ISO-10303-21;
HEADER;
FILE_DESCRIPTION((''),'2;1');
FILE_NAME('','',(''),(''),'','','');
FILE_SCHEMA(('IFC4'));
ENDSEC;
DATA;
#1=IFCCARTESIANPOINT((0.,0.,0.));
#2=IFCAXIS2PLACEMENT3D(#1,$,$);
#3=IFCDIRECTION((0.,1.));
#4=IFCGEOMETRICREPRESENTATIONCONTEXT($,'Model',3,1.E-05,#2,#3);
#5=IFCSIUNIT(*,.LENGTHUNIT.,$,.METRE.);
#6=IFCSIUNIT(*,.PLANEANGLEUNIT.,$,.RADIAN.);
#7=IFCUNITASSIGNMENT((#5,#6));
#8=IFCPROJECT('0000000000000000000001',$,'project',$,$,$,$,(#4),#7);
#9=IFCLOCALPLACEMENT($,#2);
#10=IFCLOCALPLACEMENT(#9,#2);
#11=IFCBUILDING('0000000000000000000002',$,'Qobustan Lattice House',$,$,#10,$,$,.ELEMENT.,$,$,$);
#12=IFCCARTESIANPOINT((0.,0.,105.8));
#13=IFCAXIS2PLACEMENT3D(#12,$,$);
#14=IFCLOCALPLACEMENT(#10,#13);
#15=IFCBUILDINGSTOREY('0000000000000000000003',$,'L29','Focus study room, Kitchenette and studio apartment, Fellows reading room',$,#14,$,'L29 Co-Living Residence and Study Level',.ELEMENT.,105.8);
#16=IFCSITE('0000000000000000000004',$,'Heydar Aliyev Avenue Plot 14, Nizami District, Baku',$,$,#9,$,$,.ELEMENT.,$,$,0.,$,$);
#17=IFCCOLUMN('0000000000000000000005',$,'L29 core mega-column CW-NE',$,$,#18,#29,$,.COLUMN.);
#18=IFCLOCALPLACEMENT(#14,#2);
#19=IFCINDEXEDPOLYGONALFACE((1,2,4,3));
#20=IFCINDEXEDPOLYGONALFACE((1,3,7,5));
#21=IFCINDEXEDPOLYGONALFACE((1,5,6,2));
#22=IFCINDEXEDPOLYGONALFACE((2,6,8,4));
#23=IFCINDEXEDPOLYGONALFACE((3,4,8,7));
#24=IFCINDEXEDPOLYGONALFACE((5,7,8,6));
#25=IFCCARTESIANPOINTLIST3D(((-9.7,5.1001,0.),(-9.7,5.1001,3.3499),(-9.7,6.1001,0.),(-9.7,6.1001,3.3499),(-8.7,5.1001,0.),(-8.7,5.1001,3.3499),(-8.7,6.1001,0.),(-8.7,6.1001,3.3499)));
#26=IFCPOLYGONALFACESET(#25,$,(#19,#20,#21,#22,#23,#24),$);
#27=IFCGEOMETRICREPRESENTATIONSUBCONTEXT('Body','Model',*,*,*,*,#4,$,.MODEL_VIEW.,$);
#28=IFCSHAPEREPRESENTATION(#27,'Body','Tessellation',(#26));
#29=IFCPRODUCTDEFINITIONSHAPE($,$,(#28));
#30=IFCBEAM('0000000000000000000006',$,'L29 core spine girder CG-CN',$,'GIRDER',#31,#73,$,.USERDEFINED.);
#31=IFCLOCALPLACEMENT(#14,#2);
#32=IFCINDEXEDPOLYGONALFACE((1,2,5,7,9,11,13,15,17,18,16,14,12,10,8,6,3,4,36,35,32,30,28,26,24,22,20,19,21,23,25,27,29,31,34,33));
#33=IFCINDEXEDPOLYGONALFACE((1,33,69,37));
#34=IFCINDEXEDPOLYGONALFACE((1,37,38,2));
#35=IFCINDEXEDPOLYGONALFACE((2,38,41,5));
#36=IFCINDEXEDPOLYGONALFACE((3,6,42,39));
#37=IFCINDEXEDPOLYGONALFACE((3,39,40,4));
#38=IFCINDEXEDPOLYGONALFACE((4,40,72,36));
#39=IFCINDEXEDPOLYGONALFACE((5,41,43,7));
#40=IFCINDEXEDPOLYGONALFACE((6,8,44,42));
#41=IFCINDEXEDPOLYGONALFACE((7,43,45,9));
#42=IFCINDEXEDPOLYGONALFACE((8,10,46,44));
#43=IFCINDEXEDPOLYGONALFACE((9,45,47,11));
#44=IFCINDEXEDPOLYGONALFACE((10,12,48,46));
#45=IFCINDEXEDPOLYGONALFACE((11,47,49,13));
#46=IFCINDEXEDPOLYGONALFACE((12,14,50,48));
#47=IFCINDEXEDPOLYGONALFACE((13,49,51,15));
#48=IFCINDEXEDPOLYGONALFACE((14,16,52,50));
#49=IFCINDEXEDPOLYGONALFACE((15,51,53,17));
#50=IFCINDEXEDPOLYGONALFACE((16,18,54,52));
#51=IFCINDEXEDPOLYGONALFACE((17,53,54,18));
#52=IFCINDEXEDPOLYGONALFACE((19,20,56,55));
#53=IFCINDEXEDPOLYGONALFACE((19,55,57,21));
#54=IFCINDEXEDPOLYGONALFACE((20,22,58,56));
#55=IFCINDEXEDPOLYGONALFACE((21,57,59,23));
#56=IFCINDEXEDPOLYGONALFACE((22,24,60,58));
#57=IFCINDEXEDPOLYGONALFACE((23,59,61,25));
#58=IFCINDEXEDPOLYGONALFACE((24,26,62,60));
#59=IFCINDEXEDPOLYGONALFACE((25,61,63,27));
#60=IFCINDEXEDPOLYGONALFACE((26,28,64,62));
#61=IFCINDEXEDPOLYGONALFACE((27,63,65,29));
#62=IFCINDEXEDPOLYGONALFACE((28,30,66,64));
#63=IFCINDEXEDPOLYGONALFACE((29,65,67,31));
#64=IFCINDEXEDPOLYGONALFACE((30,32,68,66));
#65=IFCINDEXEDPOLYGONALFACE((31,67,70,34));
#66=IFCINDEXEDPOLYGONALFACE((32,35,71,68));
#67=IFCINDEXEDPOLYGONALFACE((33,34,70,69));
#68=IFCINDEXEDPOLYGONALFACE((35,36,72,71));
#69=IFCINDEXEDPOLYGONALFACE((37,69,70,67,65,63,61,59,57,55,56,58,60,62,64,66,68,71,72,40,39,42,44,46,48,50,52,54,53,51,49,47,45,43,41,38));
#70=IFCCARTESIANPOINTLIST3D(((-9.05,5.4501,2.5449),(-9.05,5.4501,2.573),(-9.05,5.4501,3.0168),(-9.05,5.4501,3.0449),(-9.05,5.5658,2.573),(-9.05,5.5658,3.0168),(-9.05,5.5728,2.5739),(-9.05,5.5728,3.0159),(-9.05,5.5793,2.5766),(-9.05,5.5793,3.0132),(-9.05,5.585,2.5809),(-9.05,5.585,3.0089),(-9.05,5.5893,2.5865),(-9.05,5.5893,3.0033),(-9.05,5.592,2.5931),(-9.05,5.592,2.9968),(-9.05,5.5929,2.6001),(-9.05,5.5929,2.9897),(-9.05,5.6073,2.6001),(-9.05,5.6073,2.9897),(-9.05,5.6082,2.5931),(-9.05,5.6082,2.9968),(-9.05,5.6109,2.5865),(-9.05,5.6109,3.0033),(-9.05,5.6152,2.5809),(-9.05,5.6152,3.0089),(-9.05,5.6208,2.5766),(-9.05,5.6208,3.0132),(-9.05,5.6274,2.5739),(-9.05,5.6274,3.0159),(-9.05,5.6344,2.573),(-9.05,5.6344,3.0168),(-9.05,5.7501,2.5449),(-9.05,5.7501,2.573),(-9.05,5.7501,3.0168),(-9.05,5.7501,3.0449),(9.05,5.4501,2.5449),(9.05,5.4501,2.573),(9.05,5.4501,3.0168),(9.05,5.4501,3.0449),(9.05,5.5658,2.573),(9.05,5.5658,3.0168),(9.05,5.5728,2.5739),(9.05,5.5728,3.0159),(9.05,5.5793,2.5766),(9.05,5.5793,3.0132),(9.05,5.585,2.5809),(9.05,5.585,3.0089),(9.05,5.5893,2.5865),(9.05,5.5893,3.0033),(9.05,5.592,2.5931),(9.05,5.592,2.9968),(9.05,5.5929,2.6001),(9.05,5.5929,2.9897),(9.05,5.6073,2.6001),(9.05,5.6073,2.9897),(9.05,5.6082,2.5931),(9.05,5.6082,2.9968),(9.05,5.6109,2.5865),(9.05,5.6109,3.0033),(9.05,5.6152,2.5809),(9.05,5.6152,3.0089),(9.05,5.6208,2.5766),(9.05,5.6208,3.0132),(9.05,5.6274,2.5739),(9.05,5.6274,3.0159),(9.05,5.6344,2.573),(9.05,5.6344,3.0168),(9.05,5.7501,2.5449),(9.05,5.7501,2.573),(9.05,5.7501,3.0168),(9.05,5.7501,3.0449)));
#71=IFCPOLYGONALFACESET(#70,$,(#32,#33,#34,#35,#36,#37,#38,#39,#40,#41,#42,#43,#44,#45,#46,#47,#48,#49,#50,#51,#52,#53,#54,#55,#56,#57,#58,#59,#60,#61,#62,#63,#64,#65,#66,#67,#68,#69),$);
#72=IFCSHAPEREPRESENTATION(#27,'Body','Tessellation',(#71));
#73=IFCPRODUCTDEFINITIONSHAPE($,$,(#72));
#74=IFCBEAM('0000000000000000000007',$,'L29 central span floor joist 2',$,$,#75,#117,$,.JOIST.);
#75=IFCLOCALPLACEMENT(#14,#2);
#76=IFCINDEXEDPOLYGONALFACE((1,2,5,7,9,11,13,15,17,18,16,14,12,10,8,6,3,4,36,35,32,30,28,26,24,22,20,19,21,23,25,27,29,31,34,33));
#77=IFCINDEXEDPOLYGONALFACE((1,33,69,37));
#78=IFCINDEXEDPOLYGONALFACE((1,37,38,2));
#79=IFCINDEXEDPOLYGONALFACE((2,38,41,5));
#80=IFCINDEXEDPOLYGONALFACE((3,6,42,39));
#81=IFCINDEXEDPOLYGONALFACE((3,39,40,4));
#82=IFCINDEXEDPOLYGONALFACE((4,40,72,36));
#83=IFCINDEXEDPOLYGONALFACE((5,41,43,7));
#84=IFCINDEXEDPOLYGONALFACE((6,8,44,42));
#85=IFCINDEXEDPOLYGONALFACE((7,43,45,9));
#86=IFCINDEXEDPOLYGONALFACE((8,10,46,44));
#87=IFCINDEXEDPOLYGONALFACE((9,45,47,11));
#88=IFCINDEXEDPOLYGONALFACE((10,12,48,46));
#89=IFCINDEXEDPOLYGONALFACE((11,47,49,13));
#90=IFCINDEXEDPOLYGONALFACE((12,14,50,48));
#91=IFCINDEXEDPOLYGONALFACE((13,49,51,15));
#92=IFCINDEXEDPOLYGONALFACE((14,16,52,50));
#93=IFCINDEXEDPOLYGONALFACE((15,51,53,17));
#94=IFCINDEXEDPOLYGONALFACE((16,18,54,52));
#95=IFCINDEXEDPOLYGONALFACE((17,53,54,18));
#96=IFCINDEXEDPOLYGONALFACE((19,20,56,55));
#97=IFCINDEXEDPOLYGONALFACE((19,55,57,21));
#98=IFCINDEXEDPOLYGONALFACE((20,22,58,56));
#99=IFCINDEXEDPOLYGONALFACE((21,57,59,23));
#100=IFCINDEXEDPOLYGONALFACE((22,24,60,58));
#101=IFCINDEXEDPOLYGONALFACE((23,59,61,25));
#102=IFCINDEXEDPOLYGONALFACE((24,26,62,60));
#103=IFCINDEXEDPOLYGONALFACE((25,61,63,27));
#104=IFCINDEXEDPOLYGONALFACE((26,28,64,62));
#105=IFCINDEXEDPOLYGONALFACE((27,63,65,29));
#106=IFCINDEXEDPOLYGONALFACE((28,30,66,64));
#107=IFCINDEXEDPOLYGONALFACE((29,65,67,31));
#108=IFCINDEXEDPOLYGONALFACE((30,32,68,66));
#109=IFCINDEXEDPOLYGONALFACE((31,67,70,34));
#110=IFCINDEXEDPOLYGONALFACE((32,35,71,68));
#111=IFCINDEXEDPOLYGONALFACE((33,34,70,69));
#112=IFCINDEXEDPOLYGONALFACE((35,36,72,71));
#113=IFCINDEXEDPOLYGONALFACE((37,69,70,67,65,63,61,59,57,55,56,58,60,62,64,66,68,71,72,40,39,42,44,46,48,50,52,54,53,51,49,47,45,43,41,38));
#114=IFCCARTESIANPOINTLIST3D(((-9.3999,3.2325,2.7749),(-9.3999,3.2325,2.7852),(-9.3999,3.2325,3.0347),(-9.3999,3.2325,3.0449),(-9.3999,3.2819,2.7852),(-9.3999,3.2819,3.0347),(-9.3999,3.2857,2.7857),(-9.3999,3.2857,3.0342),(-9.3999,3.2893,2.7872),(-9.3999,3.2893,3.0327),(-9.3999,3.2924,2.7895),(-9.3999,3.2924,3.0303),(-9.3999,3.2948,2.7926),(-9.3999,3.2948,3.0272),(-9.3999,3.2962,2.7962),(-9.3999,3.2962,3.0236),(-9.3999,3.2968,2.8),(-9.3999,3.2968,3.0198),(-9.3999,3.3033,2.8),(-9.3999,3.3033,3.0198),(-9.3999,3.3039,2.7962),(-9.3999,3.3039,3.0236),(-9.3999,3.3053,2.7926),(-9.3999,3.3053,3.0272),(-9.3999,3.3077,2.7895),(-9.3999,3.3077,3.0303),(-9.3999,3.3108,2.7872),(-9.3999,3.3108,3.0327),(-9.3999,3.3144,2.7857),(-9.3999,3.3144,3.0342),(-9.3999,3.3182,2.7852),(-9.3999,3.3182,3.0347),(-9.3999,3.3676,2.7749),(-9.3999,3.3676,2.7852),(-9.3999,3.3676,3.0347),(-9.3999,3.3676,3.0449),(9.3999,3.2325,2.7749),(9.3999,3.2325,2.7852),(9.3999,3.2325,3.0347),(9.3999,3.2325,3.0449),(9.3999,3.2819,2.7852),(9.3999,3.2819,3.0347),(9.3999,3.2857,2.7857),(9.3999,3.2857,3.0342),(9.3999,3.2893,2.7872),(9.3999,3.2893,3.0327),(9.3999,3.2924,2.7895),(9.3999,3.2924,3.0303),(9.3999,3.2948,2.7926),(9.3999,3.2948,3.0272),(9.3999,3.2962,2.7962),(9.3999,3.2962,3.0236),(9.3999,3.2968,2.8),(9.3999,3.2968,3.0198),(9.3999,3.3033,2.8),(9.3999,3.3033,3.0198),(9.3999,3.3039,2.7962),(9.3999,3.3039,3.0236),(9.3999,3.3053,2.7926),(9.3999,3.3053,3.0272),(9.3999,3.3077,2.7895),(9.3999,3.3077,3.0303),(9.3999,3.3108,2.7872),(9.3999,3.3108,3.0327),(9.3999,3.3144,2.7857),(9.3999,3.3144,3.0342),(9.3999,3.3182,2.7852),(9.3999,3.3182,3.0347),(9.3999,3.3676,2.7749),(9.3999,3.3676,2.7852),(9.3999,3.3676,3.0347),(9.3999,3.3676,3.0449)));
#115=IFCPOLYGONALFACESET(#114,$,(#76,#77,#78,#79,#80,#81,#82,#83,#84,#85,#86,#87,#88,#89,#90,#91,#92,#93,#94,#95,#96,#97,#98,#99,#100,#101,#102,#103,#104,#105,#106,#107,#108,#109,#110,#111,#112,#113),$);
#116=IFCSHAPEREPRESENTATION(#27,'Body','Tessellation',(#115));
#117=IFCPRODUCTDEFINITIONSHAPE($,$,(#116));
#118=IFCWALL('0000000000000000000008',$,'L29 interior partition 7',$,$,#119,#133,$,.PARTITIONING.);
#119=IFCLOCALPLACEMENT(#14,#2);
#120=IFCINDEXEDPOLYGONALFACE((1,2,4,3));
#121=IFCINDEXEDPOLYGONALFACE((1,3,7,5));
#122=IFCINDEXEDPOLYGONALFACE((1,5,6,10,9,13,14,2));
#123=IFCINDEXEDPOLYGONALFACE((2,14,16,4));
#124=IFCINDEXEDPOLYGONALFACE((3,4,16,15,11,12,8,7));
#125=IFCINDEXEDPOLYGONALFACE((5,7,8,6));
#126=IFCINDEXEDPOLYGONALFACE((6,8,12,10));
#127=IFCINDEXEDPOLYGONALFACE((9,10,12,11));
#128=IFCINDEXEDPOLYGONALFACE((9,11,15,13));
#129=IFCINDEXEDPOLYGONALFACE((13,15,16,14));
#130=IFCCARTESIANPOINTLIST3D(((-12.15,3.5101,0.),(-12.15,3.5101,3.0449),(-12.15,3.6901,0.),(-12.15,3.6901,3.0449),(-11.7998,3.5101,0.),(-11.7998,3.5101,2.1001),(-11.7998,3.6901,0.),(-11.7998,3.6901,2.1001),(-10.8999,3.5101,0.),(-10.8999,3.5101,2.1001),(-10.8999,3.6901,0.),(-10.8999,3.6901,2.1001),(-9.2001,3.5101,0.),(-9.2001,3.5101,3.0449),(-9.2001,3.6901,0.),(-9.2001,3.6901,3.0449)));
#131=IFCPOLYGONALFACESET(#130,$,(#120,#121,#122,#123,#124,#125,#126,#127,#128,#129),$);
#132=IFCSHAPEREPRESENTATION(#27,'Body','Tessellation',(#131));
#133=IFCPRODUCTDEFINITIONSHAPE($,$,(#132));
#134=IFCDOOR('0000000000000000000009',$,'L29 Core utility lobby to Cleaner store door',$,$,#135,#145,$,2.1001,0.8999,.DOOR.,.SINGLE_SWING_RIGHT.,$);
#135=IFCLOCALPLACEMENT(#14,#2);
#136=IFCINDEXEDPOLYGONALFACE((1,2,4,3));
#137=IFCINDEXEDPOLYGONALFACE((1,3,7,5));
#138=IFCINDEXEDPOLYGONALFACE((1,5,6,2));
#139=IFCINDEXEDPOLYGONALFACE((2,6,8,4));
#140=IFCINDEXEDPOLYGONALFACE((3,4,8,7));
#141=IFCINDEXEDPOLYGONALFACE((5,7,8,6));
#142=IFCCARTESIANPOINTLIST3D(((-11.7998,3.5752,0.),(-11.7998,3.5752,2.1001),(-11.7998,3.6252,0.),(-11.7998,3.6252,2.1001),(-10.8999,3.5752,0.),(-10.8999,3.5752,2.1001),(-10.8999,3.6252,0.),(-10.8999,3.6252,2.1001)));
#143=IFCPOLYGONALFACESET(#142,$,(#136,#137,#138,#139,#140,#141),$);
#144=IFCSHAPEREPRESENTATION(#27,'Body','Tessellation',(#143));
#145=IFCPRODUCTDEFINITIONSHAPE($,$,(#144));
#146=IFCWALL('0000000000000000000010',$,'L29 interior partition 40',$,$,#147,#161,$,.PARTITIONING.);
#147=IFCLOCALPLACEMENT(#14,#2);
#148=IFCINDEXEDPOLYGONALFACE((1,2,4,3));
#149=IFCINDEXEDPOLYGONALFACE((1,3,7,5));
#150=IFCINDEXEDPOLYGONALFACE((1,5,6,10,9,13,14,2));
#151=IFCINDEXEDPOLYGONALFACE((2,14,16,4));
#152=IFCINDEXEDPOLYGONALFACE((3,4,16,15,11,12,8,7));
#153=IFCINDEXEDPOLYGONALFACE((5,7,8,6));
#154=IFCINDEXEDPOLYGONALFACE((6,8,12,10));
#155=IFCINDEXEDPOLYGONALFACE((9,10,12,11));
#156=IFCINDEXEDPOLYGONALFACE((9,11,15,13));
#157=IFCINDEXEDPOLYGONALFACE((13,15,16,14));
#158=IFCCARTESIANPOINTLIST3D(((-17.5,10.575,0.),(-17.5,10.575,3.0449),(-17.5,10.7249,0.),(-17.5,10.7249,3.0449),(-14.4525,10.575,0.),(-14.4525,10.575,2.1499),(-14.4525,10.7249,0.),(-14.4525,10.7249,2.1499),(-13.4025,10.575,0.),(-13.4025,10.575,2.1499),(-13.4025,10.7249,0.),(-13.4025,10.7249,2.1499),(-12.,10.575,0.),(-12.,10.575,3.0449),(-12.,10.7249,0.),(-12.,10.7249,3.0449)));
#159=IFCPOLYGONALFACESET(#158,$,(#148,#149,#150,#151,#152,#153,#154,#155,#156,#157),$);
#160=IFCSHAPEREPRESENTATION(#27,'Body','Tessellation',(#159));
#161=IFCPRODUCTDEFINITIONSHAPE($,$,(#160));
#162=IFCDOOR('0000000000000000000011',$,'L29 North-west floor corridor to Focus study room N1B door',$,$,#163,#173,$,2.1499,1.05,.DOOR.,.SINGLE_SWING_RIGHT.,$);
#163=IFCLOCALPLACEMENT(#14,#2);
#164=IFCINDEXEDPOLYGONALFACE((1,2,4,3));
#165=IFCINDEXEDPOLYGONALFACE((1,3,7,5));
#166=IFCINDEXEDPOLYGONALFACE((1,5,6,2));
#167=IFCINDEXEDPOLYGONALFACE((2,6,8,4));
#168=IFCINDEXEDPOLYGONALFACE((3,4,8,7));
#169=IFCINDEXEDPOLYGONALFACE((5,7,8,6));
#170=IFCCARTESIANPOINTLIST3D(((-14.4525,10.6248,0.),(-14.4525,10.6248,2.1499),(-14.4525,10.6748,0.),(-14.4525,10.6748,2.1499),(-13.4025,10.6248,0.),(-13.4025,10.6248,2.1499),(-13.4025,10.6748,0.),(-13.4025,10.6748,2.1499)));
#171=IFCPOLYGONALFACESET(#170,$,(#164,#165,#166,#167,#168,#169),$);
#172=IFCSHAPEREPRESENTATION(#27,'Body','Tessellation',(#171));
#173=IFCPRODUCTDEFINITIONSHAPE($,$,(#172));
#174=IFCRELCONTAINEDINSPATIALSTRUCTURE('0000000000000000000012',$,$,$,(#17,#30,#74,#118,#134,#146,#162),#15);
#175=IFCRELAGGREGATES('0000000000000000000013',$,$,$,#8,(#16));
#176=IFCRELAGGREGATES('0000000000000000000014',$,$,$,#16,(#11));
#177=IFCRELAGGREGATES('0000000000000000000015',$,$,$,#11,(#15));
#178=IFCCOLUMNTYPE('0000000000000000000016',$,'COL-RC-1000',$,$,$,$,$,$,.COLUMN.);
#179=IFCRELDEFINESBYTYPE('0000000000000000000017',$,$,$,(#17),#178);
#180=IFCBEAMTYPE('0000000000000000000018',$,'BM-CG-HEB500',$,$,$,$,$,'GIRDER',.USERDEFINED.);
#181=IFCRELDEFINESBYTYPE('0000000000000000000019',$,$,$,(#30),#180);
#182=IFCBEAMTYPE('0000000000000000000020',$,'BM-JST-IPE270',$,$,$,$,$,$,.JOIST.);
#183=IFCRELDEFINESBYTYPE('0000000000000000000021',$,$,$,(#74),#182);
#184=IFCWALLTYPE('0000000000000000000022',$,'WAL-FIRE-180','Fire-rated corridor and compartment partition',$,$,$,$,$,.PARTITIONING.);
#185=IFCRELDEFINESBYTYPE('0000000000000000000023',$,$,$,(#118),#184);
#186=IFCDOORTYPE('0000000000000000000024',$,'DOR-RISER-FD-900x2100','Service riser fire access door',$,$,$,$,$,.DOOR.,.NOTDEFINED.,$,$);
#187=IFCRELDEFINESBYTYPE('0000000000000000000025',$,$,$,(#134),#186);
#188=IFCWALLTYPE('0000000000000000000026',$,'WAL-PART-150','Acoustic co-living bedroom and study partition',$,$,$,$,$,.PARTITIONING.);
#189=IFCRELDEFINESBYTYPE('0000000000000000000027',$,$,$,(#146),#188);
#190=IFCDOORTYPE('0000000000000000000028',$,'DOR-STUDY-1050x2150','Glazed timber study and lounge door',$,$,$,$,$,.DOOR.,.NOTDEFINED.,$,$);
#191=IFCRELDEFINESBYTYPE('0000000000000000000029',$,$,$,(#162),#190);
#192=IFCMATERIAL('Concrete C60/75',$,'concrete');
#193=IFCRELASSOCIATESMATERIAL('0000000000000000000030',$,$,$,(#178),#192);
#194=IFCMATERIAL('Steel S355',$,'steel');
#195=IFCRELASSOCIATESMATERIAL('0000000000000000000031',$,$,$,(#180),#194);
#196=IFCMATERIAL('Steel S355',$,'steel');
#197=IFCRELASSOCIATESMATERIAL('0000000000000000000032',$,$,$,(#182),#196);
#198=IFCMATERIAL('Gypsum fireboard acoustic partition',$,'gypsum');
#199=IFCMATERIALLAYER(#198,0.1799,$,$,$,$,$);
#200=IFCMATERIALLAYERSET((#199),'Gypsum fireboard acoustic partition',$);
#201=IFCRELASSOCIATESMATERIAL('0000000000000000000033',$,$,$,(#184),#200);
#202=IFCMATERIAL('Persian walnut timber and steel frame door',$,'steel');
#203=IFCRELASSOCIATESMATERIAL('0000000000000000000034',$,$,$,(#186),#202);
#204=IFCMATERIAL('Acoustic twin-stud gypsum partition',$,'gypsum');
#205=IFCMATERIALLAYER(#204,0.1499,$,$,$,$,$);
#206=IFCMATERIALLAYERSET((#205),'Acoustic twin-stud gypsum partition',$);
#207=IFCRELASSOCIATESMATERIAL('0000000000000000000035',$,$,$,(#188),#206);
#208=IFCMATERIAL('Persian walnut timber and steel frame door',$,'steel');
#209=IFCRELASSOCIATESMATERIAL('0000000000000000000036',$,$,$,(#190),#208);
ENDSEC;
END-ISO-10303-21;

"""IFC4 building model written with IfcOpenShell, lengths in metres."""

from ifc_helpers import new_model, si_unit, direction, frame, frame_2d, origin, origin_2d, place, context, subcontext, project, spatial, rectangle, i_section, extrude, material, layer, layer_set, material_profile, profile_set, type_object, element, fill, save


model = new_model("IFC4")

# Units and contexts
model_context = context("Model", 3, precision=1e-05, world=origin(), true_north=direction((0.0, 1.0)))
body_context = subcontext(model_context, "Body", "Model", "MODEL_VIEW")
ifc_project = project(units=[si_unit("LENGTHUNIT", "METRE"), si_unit("PLANEANGLEUNIT", "RADIAN")], contexts=[model_context])

# Site, building, storey
site_placement = place(None, origin())
site = spatial("IfcSite", under=ifc_project, at=site_placement, Name="Heydar Aliyev Avenue Plot 14, Nizami District, Baku", CompositionType="ELEMENT", RefElevation=0.0)
building_placement = place(site_placement, origin())
building = spatial("IfcBuilding", under=site, at=building_placement, Name="Qobustan Lattice House", CompositionType="ELEMENT")
storey_placement = place(building_placement, frame((0.0, 0.0, 105.8)))
storey = spatial("IfcBuildingStorey", under=building, at=storey_placement, Name="L29", Description="Focus study room, Kitchenette and studio apartment, Fellows reading room", LongName="L29 Co-Living Residence and Study Level", CompositionType="ELEMENT", Elevation=105.8)

# Column
ifc_material_1 = material(Name="Concrete C60/75", Category="concrete")
ifc_material_profile_1 = material_profile(ifc_material_1, rectangle(XDim=1.0, YDim=1.0, at=origin_2d()), Name="RC1000x1000")
ifc_profile_set_1 = profile_set([ifc_material_profile_1], Name="Concrete C60/75")
column_type = type_object("IfcColumnType", Name="COL-RC-1000", PredefinedType="COLUMN", material=ifc_profile_set_1)
column_placement = place(storey_placement, frame((-9.2, 5.6001, 0.0), z_axis=(0.0, 0.0, 1.0), x_axis=(1.0, 0.0, 0.0)))
element("IfcColumn", 1, at=column_placement, inside=storey, type_object=column_type, Name="L29 core mega-column CW-NE", PredefinedType="COLUMN", context=body_context, shape_type="SweptSolid", body=[
    extrude(rectangle(XDim=1.0, YDim=1.0, at=origin_2d()), origin(), (0.0, 0.0, 1.0), 3.3499),
])

# Beams
ifc_material_2 = material(Name="Steel S355", Category="steel")
ifc_material_profile_2 = material_profile(ifc_material_2, i_section(OverallWidth=0.3, OverallDepth=0.5, WebThickness=0.0144, FlangeThickness=0.0281, FilletRadius=0.0271, at=origin_2d()), Name="HEB500")
ifc_profile_set_2 = profile_set([ifc_material_profile_2], Name="Steel S355")
beam_type_1 = type_object("IfcBeamType", Name="BM-CG-HEB500", ElementType="GIRDER", PredefinedType="USERDEFINED", material=ifc_profile_set_2)
beam_1_placement = place(storey_placement, frame((-9.05, 5.6001, 2.7949), z_axis=(1.0, 0.0, 0.0), x_axis=(0.0, 1.0, 0.0)))
element("IfcBeam", 2, at=beam_1_placement, inside=storey, type_object=beam_type_1, Name="L29 core spine girder CG-CN", ObjectType="GIRDER", PredefinedType="USERDEFINED", context=body_context, shape_type="SweptSolid", body=[
    extrude(i_section(OverallWidth=0.3, OverallDepth=0.5, WebThickness=0.0144, FlangeThickness=0.0281, FilletRadius=0.0271, at=origin_2d()), origin(), (0.0, 0.0, 1.0), 18.1001),
])
ifc_material_3 = material(Name="Steel S355", Category="steel")
ifc_material_profile_3 = material_profile(ifc_material_3, i_section(OverallWidth=0.135, OverallDepth=0.27, WebThickness=0.0066, FlangeThickness=0.0103, FilletRadius=0.0149, at=origin_2d()), Name="IPE270")
ifc_profile_set_3 = profile_set([ifc_material_profile_3], Name="Steel S355")
beam_type_2 = type_object("IfcBeamType", Name="BM-JST-IPE270", PredefinedType="JOIST", material=ifc_profile_set_3)
beam_2_placement = place(storey_placement, frame((-9.3999, 3.3, 2.9099), z_axis=(1.0, 0.0, 0.0), x_axis=(0.0, 1.0, 0.0)))
element("IfcBeam", 3, at=beam_2_placement, inside=storey, type_object=beam_type_2, Name="L29 central span floor joist 2", PredefinedType="JOIST", context=body_context, shape_type="SweptSolid", body=[
    extrude(i_section(OverallWidth=0.135, OverallDepth=0.27, WebThickness=0.0066, FlangeThickness=0.0103, FilletRadius=0.0149, at=origin_2d()), origin(), (0.0, 0.0, 1.0), 18.7998),
])

# Walls, openings, doors
ifc_material_4 = material(Name="Gypsum fireboard acoustic partition", Category="gypsum")
ifc_layer_1 = layer(ifc_material_4, 0.1799)
ifc_layer_set_1 = layer_set([ifc_layer_1], Name="Gypsum fireboard acoustic partition")
wall_type_1 = type_object("IfcWallType", Name="WAL-FIRE-180", Description="Fire-rated corridor and compartment partition", PredefinedType="PARTITIONING", material=ifc_layer_set_1)
wall_1_placement = place(storey_placement, frame((-9.2, 3.6001, 0.0), z_axis=(0.0, 0.0, 1.0), x_axis=(-1.0, 0.0, 0.0)))
wall_1 = element("IfcWall", 4, at=wall_1_placement, inside=storey, type_object=wall_type_1, Name="L29 interior partition 7", PredefinedType="PARTITIONING", context=body_context, shape_type="SweptSolid", body=[
    extrude(rectangle(XDim=2.95, YDim=0.1799, at=frame_2d((1.4751, 0.0))), origin(), (0.0, 0.0, 1.0), 3.0449),
])
opening_1_placement = place(wall_1_placement, frame((1.7, 0.0, 0.0)))
opening_1 = element("IfcOpeningElement", 5, at=opening_1_placement, cuts=wall_1, PredefinedType="OPENING", context=body_context, shape_type="SweptSolid", body=[
    extrude(rectangle(XDim=0.8999, YDim=2.1001, at=frame_2d((0.45, 1.05))), frame((0.0, 0.0999, 0.0), z_axis=(0.0, -1.0, 0.0), x_axis=(1.0, 0.0, 0.0)), (0.0, 0.0, 1.0), 0.2),
])
ifc_material_5 = material(Name="Persian walnut timber and steel frame door", Category="steel")
door_type_1 = type_object("IfcDoorType", Name="DOR-RISER-FD-900x2100", Description="Service riser fire access door", OperationType="NOTDEFINED", PredefinedType="DOOR", material=ifc_material_5)
door_1_placement = place(opening_1_placement, origin())
door_1 = element("IfcDoor", 6, at=door_1_placement, inside=storey, type_object=door_type_1, Name="L29 Core utility lobby to Cleaner store door", OperationType="SINGLE_SWING_RIGHT", OverallHeight=2.1001, OverallWidth=0.8999, PredefinedType="DOOR", context=body_context, shape_type="SweptSolid", body=[
    extrude(rectangle(XDim=0.8999, YDim=2.1001, at=frame_2d((0.45, 1.05))), frame((0.0, 0.0249, 0.0), z_axis=(0.0, -1.0, 0.0), x_axis=(1.0, 0.0, 0.0)), (0.0, 0.0, 1.0), 0.05),
])
fill(opening_1, door_1)
ifc_material_6 = material(Name="Acoustic twin-stud gypsum partition", Category="gypsum")
ifc_layer_2 = layer(ifc_material_6, 0.1499)
ifc_layer_set_2 = layer_set([ifc_layer_2], Name="Acoustic twin-stud gypsum partition")
wall_type_2 = type_object("IfcWallType", Name="WAL-PART-150", Description="Acoustic co-living bedroom and study partition", PredefinedType="PARTITIONING", material=ifc_layer_set_2)
wall_2_placement = place(storey_placement, frame((-17.5, 10.6499, 0.0), z_axis=(0.0, 0.0, 1.0), x_axis=(1.0, 0.0, 0.0)))
wall_2 = element("IfcWall", 7, at=wall_2_placement, inside=storey, type_object=wall_type_2, Name="L29 interior partition 40", PredefinedType="PARTITIONING", context=body_context, shape_type="SweptSolid", body=[
    extrude(rectangle(XDim=5.5, YDim=0.1499, at=frame_2d((2.75, 0.0))), origin(), (0.0, 0.0, 1.0), 3.0449),
])
opening_2_placement = place(wall_2_placement, frame((3.0476, 0.0, 0.0)))
opening_2 = element("IfcOpeningElement", 8, at=opening_2_placement, cuts=wall_2, PredefinedType="OPENING", context=body_context, shape_type="SweptSolid", body=[
    extrude(rectangle(XDim=1.05, YDim=2.1499, at=frame_2d((0.5249, 1.075))), frame((0.0, 0.085, 0.0), z_axis=(0.0, -1.0, 0.0), x_axis=(1.0, 0.0, 0.0)), (0.0, 0.0, 1.0), 0.1699),
])
ifc_material_7 = material(Name="Persian walnut timber and steel frame door", Category="steel")
door_type_2 = type_object("IfcDoorType", Name="DOR-STUDY-1050x2150", Description="Glazed timber study and lounge door", OperationType="NOTDEFINED", PredefinedType="DOOR", material=ifc_material_7)
door_2_placement = place(opening_2_placement, origin())
door_2 = element("IfcDoor", 9, at=door_2_placement, inside=storey, type_object=door_type_2, Name="L29 North-west floor corridor to Focus study room N1B door", OperationType="SINGLE_SWING_RIGHT", OverallHeight=2.1499, OverallWidth=1.05, PredefinedType="DOOR", context=body_context, shape_type="SweptSolid", body=[
    extrude(rectangle(XDim=1.05, YDim=2.1499, at=frame_2d((0.5249, 1.075))), frame((0.0, 0.0249, 0.0), z_axis=(0.0, -1.0, 0.0), x_axis=(1.0, 0.0, 0.0)), (0.0, 0.0, 1.0), 0.05),
])
fill(opening_2, door_2)

save(model, "model.ifc")
